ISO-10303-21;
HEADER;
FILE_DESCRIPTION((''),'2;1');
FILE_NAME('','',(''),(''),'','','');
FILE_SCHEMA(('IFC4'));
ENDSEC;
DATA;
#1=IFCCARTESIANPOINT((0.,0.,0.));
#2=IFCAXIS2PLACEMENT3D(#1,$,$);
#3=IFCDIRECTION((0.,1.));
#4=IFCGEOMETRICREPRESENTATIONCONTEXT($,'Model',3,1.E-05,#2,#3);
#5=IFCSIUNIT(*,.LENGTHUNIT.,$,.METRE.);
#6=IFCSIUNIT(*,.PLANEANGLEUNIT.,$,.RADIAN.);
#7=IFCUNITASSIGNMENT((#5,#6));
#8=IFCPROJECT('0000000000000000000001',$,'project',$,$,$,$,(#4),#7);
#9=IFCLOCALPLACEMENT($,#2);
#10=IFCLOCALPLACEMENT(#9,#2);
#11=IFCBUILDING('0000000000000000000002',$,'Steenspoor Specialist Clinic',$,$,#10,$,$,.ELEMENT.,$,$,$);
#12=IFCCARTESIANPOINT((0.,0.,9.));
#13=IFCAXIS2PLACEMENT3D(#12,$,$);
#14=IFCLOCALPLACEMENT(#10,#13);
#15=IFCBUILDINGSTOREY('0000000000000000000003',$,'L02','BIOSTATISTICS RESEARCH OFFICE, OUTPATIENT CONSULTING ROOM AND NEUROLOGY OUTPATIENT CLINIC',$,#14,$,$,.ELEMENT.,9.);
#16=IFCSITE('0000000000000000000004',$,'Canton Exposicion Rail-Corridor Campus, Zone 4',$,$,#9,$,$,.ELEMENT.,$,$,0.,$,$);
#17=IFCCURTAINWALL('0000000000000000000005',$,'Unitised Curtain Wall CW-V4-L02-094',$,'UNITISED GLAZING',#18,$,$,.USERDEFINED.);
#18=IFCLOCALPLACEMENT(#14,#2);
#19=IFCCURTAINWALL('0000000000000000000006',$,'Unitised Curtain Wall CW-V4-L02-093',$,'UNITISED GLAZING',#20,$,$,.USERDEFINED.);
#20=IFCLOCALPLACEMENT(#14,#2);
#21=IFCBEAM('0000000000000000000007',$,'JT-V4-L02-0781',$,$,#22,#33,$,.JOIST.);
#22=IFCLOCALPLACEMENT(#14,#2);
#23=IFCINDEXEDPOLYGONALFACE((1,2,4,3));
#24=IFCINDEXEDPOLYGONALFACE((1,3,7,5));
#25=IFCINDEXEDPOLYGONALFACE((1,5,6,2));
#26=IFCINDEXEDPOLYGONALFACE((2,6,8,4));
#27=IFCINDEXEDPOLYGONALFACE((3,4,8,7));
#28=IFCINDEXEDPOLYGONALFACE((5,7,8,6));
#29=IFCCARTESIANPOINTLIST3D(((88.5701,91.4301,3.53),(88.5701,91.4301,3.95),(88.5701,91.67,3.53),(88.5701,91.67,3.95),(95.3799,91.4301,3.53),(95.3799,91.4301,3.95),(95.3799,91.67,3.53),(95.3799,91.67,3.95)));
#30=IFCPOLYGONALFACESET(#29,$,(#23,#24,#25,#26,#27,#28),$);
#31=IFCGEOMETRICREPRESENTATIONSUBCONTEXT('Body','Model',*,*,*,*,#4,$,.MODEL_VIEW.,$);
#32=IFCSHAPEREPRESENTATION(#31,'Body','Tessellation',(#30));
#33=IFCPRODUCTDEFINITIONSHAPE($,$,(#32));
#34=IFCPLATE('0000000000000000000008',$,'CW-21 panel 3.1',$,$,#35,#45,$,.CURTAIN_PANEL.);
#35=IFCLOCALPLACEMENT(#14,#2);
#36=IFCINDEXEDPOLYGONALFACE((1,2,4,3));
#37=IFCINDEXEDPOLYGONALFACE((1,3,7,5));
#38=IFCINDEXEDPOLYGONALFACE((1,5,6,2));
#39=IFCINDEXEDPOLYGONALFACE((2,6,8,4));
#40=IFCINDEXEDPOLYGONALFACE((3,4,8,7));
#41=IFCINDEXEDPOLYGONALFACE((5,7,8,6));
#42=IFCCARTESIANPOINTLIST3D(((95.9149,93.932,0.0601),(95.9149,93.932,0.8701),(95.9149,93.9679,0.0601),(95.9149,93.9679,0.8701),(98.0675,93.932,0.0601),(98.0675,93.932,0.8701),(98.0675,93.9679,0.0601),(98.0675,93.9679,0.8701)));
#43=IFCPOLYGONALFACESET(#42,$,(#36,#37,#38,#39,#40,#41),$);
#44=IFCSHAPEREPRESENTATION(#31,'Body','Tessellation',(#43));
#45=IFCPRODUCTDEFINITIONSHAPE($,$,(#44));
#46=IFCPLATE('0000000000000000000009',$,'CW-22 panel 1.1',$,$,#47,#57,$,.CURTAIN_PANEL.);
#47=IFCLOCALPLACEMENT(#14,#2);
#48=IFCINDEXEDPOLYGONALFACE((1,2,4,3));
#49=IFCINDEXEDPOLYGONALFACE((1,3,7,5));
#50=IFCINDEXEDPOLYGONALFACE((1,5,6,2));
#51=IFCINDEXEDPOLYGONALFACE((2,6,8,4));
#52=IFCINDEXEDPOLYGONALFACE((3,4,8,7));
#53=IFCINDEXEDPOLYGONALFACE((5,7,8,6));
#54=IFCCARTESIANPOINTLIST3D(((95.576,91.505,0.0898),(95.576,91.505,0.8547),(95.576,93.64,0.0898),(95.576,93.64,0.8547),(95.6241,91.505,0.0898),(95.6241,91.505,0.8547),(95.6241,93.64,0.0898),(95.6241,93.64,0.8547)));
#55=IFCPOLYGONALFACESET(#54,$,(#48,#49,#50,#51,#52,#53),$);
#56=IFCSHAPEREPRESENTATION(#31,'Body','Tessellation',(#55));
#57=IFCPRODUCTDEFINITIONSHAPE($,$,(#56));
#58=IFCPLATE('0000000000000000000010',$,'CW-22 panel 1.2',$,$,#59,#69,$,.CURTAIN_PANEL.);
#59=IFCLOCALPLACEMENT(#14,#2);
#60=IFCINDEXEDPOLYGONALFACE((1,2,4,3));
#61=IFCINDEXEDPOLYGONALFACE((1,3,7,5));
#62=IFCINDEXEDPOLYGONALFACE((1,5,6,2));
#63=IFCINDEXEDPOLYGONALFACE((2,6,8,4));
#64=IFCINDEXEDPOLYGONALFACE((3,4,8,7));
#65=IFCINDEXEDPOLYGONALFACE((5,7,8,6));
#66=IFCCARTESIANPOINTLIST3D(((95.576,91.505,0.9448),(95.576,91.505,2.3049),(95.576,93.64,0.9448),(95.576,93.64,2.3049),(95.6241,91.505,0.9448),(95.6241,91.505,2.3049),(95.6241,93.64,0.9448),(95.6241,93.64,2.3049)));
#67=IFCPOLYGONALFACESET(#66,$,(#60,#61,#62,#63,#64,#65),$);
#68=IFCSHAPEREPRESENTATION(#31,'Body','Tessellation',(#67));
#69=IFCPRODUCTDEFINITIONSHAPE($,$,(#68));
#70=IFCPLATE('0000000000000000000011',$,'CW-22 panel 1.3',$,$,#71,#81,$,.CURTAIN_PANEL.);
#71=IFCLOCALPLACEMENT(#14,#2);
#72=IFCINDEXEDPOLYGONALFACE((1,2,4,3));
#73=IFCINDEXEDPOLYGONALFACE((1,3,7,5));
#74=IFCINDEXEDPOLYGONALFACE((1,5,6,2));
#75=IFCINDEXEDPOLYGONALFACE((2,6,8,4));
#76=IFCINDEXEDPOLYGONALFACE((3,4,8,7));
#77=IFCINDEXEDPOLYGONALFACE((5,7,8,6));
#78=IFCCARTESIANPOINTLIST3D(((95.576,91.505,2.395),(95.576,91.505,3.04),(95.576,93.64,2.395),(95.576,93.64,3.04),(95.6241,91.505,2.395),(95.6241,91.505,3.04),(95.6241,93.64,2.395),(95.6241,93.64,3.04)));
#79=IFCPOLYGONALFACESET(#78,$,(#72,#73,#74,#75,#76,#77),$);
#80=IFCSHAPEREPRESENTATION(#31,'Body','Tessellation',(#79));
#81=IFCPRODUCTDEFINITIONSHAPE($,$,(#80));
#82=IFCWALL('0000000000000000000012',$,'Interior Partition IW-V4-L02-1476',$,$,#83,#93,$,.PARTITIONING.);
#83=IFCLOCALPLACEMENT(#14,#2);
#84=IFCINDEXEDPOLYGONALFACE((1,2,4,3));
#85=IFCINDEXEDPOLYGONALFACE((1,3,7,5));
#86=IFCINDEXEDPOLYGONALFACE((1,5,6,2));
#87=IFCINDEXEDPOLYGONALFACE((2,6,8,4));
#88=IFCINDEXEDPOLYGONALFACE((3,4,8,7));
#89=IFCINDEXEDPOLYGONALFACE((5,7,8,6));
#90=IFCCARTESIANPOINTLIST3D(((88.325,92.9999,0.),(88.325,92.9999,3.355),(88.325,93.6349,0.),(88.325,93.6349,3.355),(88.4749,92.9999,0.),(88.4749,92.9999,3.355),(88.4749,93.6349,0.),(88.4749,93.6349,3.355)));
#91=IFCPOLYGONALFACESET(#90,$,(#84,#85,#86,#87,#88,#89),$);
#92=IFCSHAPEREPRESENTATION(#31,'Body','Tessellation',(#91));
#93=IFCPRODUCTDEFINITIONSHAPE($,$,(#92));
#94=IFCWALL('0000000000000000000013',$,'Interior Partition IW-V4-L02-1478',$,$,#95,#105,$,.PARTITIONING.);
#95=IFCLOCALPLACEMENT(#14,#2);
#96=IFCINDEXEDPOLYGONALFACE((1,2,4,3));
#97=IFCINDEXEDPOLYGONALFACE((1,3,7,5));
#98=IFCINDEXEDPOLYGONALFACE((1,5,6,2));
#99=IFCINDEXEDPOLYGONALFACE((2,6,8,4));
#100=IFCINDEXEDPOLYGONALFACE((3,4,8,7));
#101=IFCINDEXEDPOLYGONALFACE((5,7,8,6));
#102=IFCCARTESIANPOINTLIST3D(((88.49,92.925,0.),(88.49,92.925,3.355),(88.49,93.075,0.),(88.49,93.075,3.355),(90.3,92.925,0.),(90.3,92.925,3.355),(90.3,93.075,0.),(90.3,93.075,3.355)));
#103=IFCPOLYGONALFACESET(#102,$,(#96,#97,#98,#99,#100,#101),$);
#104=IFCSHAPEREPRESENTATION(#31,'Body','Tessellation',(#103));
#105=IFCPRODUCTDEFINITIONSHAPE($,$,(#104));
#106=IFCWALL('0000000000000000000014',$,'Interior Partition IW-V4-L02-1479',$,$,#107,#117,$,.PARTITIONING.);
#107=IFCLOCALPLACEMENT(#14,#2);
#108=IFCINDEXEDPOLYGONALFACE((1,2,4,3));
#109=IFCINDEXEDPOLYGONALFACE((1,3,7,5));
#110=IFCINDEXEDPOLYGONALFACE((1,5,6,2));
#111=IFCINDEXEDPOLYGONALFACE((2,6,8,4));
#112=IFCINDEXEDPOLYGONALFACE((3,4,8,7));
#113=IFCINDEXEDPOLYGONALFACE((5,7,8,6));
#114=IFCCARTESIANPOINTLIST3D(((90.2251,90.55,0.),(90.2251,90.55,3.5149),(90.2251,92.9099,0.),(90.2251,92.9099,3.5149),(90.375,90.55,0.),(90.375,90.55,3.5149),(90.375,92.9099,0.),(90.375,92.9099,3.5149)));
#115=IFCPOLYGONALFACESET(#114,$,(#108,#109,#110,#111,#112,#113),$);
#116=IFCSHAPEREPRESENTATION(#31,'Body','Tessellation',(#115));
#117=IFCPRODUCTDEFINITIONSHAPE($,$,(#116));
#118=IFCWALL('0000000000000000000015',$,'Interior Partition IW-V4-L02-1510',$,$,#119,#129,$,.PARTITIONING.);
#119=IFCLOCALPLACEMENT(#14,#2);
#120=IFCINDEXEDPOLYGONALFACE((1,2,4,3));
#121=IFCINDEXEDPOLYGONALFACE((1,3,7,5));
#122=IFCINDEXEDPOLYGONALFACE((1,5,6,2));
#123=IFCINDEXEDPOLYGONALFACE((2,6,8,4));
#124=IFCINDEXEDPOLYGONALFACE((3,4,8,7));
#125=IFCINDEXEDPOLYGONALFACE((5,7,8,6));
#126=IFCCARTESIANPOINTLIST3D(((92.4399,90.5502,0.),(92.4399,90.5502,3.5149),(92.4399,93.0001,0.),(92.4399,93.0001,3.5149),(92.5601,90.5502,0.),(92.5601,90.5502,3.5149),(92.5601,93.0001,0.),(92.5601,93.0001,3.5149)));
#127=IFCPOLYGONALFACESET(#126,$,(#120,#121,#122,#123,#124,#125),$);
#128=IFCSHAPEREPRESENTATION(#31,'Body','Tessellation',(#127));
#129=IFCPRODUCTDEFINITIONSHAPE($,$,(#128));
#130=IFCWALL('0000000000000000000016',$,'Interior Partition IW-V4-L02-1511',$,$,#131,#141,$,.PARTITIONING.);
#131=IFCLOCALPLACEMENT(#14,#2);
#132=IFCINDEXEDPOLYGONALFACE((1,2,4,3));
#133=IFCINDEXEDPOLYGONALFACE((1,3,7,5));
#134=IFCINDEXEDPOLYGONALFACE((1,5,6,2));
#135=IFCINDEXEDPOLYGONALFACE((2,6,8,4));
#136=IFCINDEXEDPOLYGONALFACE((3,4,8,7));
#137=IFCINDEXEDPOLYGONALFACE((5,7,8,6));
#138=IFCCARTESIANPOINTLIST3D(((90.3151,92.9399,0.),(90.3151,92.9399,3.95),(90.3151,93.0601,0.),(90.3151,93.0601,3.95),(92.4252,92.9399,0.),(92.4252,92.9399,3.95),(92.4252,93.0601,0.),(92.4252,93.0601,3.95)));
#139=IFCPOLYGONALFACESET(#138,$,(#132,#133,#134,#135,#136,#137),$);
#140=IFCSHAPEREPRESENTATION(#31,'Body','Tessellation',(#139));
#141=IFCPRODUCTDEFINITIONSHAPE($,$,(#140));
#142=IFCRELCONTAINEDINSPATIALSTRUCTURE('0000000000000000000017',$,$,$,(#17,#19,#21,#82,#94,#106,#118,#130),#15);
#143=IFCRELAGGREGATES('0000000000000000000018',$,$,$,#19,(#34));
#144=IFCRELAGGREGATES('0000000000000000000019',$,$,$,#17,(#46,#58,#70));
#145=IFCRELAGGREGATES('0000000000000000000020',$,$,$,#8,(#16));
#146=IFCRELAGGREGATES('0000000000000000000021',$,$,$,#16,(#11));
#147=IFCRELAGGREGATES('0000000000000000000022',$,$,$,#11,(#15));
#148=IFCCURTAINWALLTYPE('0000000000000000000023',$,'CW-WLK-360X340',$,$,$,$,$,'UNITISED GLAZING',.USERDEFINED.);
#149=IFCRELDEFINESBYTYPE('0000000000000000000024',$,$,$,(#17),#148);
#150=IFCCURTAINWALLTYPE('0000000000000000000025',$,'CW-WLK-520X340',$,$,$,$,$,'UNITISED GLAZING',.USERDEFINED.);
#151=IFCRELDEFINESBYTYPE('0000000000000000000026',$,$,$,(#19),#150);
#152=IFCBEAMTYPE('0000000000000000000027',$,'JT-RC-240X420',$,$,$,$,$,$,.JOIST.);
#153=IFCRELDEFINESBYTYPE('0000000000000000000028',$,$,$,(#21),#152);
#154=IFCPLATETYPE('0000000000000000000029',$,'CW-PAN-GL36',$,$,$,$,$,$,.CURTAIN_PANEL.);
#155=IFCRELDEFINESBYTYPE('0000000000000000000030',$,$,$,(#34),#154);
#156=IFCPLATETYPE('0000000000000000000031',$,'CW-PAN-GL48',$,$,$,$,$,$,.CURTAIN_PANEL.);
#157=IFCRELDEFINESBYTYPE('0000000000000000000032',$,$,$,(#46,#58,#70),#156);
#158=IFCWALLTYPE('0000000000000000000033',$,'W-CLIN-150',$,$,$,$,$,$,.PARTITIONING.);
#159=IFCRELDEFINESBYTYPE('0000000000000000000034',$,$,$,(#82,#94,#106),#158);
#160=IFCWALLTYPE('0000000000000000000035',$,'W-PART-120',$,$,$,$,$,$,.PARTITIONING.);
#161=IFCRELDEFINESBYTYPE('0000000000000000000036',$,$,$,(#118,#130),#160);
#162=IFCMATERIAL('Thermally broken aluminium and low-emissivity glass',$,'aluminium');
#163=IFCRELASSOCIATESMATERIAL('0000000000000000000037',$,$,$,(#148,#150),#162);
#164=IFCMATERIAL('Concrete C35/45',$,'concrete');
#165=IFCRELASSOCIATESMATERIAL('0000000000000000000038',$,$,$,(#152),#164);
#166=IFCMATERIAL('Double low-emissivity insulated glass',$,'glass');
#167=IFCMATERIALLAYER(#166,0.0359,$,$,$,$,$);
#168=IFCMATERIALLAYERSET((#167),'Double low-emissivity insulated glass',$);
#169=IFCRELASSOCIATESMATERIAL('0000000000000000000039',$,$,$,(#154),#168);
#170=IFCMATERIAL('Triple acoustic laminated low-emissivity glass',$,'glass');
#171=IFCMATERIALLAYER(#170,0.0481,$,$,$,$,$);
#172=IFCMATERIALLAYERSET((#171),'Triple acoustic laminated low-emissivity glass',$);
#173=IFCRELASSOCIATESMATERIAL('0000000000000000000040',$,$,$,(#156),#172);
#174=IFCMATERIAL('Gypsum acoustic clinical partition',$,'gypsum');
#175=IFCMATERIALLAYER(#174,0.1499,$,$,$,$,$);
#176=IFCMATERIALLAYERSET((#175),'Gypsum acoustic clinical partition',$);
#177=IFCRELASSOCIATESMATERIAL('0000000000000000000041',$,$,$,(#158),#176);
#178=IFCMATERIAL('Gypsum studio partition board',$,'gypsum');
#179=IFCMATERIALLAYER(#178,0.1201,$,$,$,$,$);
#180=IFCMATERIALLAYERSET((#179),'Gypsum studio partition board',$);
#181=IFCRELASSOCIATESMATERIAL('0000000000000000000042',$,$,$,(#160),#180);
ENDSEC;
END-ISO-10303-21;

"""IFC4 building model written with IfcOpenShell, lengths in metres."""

from ifc_helpers import new_model, si_unit, direction, frame, frame_2d, origin, origin_2d, place, context, subcontext, project, spatial, rectangle, extrude, material, layer, layer_set, material_profile, profile_set, type_object, element, aggregate, save


model = new_model("IFC4")

# Units and contexts
model_context = context("Model", 3, precision=1e-05, world=origin(), true_north=direction((0.0, 1.0)))
body_context = subcontext(model_context, "Body", "Model", "MODEL_VIEW")
ifc_project = project(units=[si_unit("LENGTHUNIT", "METRE"), si_unit("PLANEANGLEUNIT", "RADIAN")], contexts=[model_context])

# Site, building, storey
site_placement = place(None, origin())
site = spatial("IfcSite", under=ifc_project, at=site_placement, Name="Canton Exposicion Rail-Corridor Campus, Zone 4", CompositionType="ELEMENT", RefElevation=0.0)
building_placement = place(site_placement, origin())
building = spatial("IfcBuilding", under=site, at=building_placement, Name="Steenspoor Specialist Clinic", CompositionType="ELEMENT")
storey_placement = place(building_placement, frame((0.0, 0.0, 9.0)))
storey = spatial("IfcBuildingStorey", under=building, at=storey_placement, Name="L02", Description="BIOSTATISTICS RESEARCH OFFICE, OUTPATIENT CONSULTING ROOM AND NEUROLOGY OUTPATIENT CLINIC", CompositionType="ELEMENT", Elevation=9.0)

# Shared definitions
ifc_material_1 = material(Name="Concrete C35/45", Category="concrete")

# Curtain wall
ifc_material_2 = material(Name="Thermally broken aluminium and low-emissivity glass", Category="aluminium")
curtain_wall_type_1 = type_object("IfcCurtainWallType", Name="CW-WLK-360X340", ElementType="UNITISED GLAZING", PredefinedType="USERDEFINED", material=ifc_material_2)
curtain_wall_1_placement = place(storey_placement, origin())
curtain_wall_1 = element("IfcCurtainWall", 1, at=curtain_wall_1_placement, inside=storey, type_object=curtain_wall_type_1, Name="Unitised Curtain Wall CW-V4-L02-094", ObjectType="UNITISED GLAZING", PredefinedType="USERDEFINED")

# Curtain wall
curtain_wall_type_2 = type_object("IfcCurtainWallType", Name="CW-WLK-520X340", ElementType="UNITISED GLAZING", PredefinedType="USERDEFINED", material=ifc_material_2)
curtain_wall_2_placement = place(storey_placement, origin())
curtain_wall_2 = element("IfcCurtainWall", 2, at=curtain_wall_2_placement, inside=storey, type_object=curtain_wall_type_2, Name="Unitised Curtain Wall CW-V4-L02-093", ObjectType="UNITISED GLAZING", PredefinedType="USERDEFINED")

# Beam
ifc_material_profile_1 = material_profile(ifc_material_1, rectangle(XDim=0.24, YDim=0.4199, at=origin_2d()), Name="RC-JT-240X420")
ifc_profile_set_1 = profile_set([ifc_material_profile_1], Name="Concrete C35/45")
beam_type_1 = type_object("IfcBeamType", Name="JT-RC-240X420", PredefinedType="JOIST", material=ifc_profile_set_1)
beam_1_placement = place(storey_placement, frame((88.5701, 91.55, 3.74), z_axis=(1.0, 0.0, 0.0), x_axis=(0.0, 1.0, 0.0)))
element("IfcBeam", 3, at=beam_1_placement, inside=storey, type_object=beam_type_1, Name="JT-V4-L02-0781", PredefinedType="JOIST", context=body_context, shape_type="SweptSolid", body=[
    extrude(rectangle(XDim=0.24, YDim=0.4199, at=origin_2d()), origin(), (0.0, 0.0, 1.0), 6.8098),
])

# Plates
ifc_material_3 = material(Name="Double low-emissivity insulated glass", Category="glass")
ifc_layer_1 = layer(ifc_material_3, 0.0359)
ifc_layer_set_1 = layer_set([ifc_layer_1], Name="Double low-emissivity insulated glass")
plate_type_1 = type_object("IfcPlateType", Name="CW-PAN-GL36", PredefinedType="CURTAIN_PANEL", material=ifc_layer_set_1)
plate_1_placement = place(storey_placement, frame((96.9912, 93.95, 0.0601), z_axis=(0.0, 0.0, 1.0), x_axis=(-1.0, 0.0, 0.0)))
plate_1 = element("IfcPlate", 4, at=plate_1_placement, type_object=plate_type_1, Name="CW-21 panel 3.1", PredefinedType="CURTAIN_PANEL", context=body_context, shape_type="SweptSolid", body=[
    extrude(rectangle(XDim=2.1526, YDim=0.0359, at=origin_2d()), origin(), (0.0, 0.0, 1.0), 0.8101),
])
aggregate(curtain_wall_2, [plate_1])
ifc_material_4 = material(Name="Triple acoustic laminated low-emissivity glass", Category="glass")
ifc_layer_2 = layer(ifc_material_4, 0.0481)
ifc_layer_set_2 = layer_set([ifc_layer_2], Name="Triple acoustic laminated low-emissivity glass")
plate_type_2 = type_object("IfcPlateType", Name="CW-PAN-GL48", PredefinedType="CURTAIN_PANEL", material=ifc_layer_set_2)
plate_2_placement = place(storey_placement, frame((95.6001, 92.5725, 0.0898), z_axis=(0.0, 0.0, 1.0), x_axis=(0.0, -1.0, 0.0)))
plate_2 = element("IfcPlate", 5, at=plate_2_placement, type_object=plate_type_2, Name="CW-22 panel 1.1", PredefinedType="CURTAIN_PANEL", context=body_context, shape_type="SweptSolid", body=[
    extrude(rectangle(XDim=2.135, YDim=0.0481, at=origin_2d()), origin(), (0.0, 0.0, 1.0), 0.7649),
])
plate_3_placement = place(storey_placement, frame((95.6001, 92.5725, 0.9448), z_axis=(0.0, 0.0, 1.0), x_axis=(0.0, -1.0, 0.0)))
plate_3 = element("IfcPlate", 6, at=plate_3_placement, type_object=plate_type_2, Name="CW-22 panel 1.2", PredefinedType="CURTAIN_PANEL", context=body_context, shape_type="SweptSolid", body=[
    extrude(rectangle(XDim=2.135, YDim=0.0481, at=origin_2d()), origin(), (0.0, 0.0, 1.0), 1.3601),
])
plate_4_placement = place(storey_placement, frame((95.6001, 92.5725, 2.395), z_axis=(0.0, 0.0, 1.0), x_axis=(0.0, -1.0, 0.0)))
plate_4 = element("IfcPlate", 7, at=plate_4_placement, type_object=plate_type_2, Name="CW-22 panel 1.3", PredefinedType="CURTAIN_PANEL", context=body_context, shape_type="SweptSolid", body=[
    extrude(rectangle(XDim=2.135, YDim=0.0481, at=origin_2d()), origin(), (0.0, 0.0, 1.0), 0.645),
])
aggregate(curtain_wall_1, [plate_2, plate_3, plate_4])

# Walls
ifc_material_5 = material(Name="Gypsum acoustic clinical partition", Category="gypsum")
ifc_layer_3 = layer(ifc_material_5, 0.1499)
ifc_layer_set_3 = layer_set([ifc_layer_3], Name="Gypsum acoustic clinical partition")
wall_type_1 = type_object("IfcWallType", Name="W-CLIN-150", PredefinedType="PARTITIONING", material=ifc_layer_set_3)
wall_1_placement = place(storey_placement, frame((88.3999, 93.0, 0.0), z_axis=(0.0, 0.0, 1.0), x_axis=(0.0, 1.0, 0.0)))
element("IfcWall", 8, at=wall_1_placement, inside=storey, type_object=wall_type_1, Name="Interior Partition IW-V4-L02-1476", PredefinedType="PARTITIONING", context=body_context, shape_type="SweptSolid", body=[
    extrude(rectangle(XDim=0.635, YDim=0.1499, at=frame_2d((0.3174, 0.0))), origin(), (0.0, 0.0, 1.0), 3.355),
])
wall_2_placement = place(storey_placement, frame((88.49, 93.0, 0.0), z_axis=(0.0, 0.0, 1.0), x_axis=(1.0, 0.0, 0.0)))
element("IfcWall", 9, at=wall_2_placement, inside=storey, type_object=wall_type_1, Name="Interior Partition IW-V4-L02-1478", PredefinedType="PARTITIONING", context=body_context, shape_type="SweptSolid", body=[
    extrude(rectangle(XDim=1.8101, YDim=0.1499, at=frame_2d((0.905, 0.0))), origin(), (0.0, 0.0, 1.0), 3.355),
])
wall_3_placement = place(storey_placement, frame((90.3, 90.55, 0.0), z_axis=(0.0, 0.0, 1.0), x_axis=(0.0, 1.0, 0.0)))
element("IfcWall", 10, at=wall_3_placement, inside=storey, type_object=wall_type_1, Name="Interior Partition IW-V4-L02-1479", PredefinedType="PARTITIONING", context=body_context, shape_type="SweptSolid", body=[
    extrude(rectangle(XDim=2.3599, YDim=0.1499, at=frame_2d((1.1799, 0.0))), origin(), (0.0, 0.0, 1.0), 3.5149),
])
ifc_material_6 = material(Name="Gypsum studio partition board", Category="gypsum")
ifc_layer_4 = layer(ifc_material_6, 0.1201)
ifc_layer_set_4 = layer_set([ifc_layer_4], Name="Gypsum studio partition board")
wall_type_2 = type_object("IfcWallType", Name="W-PART-120", PredefinedType="PARTITIONING", material=ifc_layer_set_4)
wall_4_placement = place(storey_placement, frame((92.5, 90.55, 0.0), z_axis=(0.0, 0.0, 1.0), x_axis=(0.0, 1.0, 0.0)))
element("IfcWall", 11, at=wall_4_placement, inside=storey, type_object=wall_type_2, Name="Interior Partition IW-V4-L02-1510", PredefinedType="PARTITIONING", context=body_context, shape_type="SweptSolid", body=[
    extrude(rectangle(XDim=2.45, YDim=0.1201, at=frame_2d((1.2251, 0.0))), origin(), (0.0, 0.0, 1.0), 3.5149),
])
wall_5_placement = place(storey_placement, frame((90.3149, 93.0, 0.0), z_axis=(0.0, 0.0, 1.0), x_axis=(1.0, 0.0, 0.0)))
element("IfcWall", 12, at=wall_5_placement, inside=storey, type_object=wall_type_2, Name="Interior Partition IW-V4-L02-1511", PredefinedType="PARTITIONING", context=body_context, shape_type="SweptSolid", body=[
    extrude(rectangle(XDim=2.1101, YDim=0.1201, at=frame_2d((1.0552, 0.0))), origin(), (0.0, 0.0, 1.0), 3.95),
])

save(model, "model.ifc")
